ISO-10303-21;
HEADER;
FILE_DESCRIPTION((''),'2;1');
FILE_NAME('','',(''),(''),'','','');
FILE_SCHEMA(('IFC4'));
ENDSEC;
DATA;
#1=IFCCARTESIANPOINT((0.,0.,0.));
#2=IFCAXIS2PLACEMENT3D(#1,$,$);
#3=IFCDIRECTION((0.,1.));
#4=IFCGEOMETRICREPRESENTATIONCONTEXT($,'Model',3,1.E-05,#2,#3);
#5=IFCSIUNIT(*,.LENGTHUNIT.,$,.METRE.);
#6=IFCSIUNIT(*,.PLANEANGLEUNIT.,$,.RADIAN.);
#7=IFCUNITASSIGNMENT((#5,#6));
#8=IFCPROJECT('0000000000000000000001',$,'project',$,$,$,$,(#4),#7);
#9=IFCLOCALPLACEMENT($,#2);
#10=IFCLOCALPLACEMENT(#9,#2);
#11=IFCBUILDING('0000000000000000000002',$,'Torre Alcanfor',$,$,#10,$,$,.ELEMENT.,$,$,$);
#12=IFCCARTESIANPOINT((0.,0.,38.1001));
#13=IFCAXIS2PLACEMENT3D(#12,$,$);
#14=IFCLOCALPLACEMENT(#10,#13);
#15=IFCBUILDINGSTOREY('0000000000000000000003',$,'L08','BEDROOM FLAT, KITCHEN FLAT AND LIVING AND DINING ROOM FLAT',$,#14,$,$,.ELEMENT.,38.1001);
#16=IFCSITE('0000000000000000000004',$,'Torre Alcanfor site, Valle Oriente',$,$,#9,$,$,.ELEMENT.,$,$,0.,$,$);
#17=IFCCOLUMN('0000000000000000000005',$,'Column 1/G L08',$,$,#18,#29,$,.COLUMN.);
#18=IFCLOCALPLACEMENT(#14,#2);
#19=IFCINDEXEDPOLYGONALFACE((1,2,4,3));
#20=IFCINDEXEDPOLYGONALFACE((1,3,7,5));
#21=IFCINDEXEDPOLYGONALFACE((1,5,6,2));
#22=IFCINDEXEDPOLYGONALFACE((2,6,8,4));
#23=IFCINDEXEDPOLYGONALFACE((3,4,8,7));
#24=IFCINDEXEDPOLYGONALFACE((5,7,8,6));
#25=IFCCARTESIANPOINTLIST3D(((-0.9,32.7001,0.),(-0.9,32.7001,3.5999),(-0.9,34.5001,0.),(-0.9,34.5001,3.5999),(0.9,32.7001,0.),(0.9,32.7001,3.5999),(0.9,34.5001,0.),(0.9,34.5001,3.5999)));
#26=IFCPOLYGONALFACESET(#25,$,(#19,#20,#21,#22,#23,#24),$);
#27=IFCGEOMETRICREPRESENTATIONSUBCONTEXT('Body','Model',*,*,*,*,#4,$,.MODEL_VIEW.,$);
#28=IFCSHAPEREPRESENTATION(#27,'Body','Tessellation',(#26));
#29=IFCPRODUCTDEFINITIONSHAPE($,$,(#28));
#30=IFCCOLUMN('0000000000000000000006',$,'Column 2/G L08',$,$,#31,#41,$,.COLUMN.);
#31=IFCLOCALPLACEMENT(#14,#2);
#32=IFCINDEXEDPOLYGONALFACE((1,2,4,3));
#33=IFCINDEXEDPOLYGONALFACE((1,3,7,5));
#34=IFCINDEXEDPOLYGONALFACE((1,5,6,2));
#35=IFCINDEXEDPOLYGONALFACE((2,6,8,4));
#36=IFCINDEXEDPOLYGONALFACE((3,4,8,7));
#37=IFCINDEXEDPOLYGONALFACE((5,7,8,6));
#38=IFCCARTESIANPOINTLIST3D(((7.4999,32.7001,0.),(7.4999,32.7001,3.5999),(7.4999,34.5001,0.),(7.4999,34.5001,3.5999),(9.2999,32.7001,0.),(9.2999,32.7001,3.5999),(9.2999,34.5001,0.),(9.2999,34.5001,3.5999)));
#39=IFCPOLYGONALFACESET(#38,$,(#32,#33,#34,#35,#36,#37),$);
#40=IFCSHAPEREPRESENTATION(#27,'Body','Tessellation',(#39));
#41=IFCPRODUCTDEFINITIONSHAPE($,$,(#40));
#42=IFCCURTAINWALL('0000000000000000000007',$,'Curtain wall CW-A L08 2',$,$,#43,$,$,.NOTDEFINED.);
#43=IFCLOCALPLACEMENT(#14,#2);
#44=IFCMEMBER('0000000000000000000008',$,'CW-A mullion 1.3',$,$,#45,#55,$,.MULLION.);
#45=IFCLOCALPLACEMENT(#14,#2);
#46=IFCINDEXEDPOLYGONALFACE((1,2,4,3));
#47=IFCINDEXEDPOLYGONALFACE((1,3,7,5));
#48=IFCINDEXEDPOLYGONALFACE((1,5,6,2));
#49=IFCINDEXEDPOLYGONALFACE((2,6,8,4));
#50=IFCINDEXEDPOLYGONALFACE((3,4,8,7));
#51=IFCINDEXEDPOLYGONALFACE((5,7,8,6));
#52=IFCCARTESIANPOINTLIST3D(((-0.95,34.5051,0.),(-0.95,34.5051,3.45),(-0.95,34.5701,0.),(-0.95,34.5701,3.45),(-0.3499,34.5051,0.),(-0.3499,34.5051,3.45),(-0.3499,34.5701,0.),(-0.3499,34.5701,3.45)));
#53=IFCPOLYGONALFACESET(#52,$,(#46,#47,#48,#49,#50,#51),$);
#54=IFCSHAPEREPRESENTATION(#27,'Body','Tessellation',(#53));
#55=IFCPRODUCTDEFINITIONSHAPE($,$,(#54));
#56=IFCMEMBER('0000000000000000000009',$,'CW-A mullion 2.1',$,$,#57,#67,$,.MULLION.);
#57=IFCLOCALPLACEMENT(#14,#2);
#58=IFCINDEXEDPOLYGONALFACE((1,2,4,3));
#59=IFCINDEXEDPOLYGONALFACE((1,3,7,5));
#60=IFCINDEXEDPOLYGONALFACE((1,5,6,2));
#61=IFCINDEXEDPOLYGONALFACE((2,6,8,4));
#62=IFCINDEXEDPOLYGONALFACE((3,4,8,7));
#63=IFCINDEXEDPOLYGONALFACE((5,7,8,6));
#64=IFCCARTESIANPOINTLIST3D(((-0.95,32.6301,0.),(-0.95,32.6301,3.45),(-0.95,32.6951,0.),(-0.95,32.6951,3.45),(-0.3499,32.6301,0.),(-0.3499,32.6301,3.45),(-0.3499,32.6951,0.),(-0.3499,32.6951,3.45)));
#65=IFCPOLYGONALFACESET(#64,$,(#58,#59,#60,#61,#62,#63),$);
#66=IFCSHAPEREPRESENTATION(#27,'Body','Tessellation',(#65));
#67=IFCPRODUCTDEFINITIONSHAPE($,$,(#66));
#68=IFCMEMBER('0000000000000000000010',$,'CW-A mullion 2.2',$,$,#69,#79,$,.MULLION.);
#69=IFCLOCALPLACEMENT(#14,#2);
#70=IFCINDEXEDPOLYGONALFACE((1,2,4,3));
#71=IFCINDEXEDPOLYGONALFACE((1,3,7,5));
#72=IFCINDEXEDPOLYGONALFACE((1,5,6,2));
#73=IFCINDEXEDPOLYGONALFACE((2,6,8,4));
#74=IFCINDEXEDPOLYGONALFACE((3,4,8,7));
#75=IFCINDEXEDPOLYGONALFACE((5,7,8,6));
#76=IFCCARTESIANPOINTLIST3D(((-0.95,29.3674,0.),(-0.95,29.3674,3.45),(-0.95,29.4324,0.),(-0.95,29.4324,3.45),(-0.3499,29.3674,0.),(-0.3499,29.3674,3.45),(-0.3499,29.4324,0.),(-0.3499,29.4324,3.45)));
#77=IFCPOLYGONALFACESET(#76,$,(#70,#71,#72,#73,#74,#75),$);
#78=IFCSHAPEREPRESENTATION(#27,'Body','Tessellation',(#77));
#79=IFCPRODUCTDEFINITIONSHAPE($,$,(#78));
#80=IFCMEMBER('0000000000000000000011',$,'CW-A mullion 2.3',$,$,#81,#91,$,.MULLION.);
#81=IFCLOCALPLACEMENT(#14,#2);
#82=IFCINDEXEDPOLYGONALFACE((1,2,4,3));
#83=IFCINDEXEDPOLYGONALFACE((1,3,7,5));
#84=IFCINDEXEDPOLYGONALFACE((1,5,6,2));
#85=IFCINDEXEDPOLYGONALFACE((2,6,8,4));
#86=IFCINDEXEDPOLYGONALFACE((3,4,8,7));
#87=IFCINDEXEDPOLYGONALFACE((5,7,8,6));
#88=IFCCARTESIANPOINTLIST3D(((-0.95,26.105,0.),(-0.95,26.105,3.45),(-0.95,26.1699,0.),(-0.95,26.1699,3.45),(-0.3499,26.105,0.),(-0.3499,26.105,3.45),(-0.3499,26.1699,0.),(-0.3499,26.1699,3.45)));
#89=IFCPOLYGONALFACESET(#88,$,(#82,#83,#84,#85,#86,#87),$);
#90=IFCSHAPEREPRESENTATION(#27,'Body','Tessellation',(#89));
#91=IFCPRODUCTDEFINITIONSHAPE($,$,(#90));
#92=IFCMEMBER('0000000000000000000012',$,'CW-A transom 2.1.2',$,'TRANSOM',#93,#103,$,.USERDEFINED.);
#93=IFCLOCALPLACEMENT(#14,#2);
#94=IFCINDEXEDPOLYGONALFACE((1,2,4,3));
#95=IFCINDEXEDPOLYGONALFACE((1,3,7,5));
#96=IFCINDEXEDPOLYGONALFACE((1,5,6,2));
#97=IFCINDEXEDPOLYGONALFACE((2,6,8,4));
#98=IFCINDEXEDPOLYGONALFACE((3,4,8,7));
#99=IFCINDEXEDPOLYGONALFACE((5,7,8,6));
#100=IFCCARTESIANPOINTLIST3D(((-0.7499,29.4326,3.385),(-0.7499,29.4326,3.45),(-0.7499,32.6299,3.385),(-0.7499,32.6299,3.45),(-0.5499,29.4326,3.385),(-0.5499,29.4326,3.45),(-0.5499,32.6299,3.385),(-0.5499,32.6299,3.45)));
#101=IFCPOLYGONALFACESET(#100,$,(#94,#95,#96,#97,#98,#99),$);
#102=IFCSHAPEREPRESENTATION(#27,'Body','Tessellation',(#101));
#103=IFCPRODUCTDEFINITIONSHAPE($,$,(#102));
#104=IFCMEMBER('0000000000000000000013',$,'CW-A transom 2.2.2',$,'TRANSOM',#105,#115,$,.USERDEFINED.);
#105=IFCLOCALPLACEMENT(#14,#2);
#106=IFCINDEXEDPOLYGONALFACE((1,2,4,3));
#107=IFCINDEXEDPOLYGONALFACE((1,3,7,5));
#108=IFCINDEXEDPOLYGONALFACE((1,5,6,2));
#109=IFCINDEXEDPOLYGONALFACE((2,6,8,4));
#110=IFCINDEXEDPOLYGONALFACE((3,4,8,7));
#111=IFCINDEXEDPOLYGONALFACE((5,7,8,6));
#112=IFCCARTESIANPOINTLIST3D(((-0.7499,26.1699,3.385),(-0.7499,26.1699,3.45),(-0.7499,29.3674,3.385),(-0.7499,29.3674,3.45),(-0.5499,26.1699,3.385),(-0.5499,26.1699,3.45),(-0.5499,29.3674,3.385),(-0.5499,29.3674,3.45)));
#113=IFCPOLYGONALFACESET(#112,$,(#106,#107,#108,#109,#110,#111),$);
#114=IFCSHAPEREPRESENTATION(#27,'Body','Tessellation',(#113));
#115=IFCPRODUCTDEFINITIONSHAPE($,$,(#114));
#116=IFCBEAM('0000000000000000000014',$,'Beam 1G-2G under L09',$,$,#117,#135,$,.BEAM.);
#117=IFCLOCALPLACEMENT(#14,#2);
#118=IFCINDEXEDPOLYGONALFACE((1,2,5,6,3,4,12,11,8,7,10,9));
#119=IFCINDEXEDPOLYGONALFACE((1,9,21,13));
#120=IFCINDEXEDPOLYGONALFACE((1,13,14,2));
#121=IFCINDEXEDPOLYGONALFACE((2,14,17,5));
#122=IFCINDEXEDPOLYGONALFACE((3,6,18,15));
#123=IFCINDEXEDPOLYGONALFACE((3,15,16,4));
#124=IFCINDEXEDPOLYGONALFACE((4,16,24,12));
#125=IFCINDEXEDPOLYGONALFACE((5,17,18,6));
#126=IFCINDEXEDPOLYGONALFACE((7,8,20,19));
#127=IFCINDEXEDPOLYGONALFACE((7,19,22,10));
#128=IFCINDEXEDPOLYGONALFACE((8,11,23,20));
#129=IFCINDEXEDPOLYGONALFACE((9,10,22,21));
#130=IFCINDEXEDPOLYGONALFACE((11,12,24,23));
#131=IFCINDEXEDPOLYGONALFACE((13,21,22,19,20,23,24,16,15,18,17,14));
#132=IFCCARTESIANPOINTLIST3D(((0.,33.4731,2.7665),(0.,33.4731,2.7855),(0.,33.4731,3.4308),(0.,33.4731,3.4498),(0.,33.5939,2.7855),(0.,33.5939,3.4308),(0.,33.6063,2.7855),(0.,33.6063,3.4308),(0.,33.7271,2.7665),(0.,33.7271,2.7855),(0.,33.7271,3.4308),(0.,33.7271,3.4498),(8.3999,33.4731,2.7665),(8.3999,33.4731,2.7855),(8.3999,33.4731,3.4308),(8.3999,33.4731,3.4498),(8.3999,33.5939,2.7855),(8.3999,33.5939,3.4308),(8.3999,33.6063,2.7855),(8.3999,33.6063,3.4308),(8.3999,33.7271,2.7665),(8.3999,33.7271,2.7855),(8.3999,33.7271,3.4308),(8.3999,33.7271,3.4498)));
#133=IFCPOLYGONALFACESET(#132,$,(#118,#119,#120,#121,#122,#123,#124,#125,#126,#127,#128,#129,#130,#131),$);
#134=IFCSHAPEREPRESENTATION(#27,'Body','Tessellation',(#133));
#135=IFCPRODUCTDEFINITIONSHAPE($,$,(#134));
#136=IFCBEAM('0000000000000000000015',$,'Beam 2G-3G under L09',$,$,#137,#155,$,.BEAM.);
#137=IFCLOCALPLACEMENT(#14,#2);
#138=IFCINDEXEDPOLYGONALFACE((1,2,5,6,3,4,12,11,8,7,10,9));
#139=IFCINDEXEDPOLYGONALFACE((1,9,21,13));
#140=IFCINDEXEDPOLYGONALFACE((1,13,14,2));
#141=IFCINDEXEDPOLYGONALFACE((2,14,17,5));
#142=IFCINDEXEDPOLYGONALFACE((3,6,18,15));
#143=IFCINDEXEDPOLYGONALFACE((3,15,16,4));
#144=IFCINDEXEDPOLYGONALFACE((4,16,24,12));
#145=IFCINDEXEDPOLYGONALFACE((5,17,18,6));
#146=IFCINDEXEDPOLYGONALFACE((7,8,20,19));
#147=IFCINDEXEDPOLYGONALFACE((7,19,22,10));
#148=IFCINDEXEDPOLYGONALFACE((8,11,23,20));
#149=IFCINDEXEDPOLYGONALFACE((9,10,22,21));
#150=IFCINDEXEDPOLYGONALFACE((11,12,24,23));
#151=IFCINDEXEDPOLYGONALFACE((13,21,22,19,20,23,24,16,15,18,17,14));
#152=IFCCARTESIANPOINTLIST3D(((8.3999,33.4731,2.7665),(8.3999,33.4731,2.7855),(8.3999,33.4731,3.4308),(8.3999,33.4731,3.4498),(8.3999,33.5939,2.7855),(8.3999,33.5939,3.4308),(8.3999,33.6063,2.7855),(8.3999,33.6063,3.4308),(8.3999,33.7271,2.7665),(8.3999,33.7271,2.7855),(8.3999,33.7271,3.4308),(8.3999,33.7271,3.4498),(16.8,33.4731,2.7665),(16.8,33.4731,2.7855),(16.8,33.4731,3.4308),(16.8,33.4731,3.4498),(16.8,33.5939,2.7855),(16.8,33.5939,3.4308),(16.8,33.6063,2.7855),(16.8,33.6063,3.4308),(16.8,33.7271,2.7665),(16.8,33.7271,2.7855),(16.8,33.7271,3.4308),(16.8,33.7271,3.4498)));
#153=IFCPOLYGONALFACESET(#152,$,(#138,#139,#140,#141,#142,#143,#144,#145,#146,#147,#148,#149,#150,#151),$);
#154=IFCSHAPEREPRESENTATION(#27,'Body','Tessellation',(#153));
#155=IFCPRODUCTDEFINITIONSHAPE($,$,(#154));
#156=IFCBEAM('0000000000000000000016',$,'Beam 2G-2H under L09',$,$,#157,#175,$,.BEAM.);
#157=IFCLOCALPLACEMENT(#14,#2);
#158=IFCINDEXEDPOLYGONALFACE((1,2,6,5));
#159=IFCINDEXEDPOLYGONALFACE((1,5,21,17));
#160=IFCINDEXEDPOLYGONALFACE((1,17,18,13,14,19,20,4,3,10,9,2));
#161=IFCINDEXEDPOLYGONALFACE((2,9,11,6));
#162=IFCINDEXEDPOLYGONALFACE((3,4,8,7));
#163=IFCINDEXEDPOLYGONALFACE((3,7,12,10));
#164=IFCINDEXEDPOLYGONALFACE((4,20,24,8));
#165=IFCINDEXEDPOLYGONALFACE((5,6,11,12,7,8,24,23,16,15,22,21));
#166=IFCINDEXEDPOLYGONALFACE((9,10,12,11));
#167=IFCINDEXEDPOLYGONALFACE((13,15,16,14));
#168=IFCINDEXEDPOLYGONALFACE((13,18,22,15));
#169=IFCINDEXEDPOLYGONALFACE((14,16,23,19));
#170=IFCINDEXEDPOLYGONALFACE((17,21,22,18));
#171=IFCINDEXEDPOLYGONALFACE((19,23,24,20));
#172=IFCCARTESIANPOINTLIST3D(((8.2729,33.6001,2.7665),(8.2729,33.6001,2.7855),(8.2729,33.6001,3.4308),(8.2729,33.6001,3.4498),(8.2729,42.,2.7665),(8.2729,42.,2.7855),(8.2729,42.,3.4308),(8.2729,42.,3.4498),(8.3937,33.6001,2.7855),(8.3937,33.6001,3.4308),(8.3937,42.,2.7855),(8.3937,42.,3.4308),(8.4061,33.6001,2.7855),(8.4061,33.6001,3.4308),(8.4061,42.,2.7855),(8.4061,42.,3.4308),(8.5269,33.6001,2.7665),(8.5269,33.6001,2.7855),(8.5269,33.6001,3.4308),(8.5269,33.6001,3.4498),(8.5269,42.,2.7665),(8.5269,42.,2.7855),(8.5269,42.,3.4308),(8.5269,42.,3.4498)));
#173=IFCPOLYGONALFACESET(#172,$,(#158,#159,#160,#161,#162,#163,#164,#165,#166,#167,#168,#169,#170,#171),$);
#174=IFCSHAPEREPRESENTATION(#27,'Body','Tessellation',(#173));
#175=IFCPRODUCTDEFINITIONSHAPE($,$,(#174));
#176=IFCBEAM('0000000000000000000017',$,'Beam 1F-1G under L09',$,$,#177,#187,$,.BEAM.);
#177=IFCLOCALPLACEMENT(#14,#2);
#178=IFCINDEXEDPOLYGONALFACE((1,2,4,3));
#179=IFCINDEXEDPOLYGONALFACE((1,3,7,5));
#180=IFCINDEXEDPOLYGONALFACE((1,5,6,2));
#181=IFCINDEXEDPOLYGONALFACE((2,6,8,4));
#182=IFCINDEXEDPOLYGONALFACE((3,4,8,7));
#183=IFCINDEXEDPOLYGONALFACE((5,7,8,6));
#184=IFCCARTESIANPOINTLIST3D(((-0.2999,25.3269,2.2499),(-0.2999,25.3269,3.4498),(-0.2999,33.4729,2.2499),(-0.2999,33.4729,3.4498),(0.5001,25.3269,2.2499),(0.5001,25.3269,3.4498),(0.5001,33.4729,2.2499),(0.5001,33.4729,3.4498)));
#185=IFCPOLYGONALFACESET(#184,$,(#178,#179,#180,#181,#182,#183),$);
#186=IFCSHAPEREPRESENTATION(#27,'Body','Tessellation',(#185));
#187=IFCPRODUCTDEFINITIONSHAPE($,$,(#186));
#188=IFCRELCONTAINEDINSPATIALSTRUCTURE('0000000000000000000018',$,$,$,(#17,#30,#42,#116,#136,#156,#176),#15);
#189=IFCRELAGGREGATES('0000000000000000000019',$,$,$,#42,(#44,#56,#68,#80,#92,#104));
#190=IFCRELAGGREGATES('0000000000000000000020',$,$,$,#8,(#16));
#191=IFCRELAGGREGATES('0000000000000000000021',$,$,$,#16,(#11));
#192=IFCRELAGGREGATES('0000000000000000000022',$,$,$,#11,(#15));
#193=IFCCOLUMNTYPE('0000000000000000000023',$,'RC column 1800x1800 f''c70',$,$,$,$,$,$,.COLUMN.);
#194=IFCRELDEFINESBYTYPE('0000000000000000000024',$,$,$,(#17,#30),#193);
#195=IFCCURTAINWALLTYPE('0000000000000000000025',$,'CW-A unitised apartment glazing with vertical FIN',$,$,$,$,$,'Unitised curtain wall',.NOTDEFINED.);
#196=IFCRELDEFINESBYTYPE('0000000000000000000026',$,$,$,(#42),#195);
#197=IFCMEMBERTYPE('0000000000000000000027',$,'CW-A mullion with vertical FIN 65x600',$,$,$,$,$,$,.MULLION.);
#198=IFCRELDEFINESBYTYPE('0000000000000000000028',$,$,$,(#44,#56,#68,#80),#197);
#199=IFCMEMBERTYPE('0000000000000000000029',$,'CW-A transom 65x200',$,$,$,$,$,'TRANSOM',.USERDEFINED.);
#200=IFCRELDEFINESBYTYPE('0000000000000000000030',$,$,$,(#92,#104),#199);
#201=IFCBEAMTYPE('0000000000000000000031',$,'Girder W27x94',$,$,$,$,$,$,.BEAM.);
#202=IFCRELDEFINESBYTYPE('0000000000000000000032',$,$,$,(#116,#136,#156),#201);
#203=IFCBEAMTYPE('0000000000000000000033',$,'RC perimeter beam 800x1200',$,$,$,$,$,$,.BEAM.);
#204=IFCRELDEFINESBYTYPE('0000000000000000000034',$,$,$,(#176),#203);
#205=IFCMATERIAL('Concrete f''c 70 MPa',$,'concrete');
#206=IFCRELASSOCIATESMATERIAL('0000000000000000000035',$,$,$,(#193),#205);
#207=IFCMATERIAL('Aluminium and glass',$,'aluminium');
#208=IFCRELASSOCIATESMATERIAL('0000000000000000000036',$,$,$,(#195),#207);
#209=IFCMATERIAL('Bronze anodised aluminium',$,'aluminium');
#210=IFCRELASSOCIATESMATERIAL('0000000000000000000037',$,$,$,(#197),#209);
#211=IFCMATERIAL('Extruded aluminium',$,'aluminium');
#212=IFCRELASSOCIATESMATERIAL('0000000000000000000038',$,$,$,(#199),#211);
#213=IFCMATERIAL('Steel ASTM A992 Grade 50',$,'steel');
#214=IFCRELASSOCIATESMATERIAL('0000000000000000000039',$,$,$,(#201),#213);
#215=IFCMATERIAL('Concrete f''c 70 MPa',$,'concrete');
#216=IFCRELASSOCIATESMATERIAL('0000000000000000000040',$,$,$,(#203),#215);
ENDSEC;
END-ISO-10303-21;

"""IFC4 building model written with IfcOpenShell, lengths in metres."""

from ifc_helpers import new_model, si_unit, direction, frame, origin, origin_2d, place, context, subcontext, project, spatial, rectangle, i_section, extrude, material, material_profile, profile_set, type_object, element, aggregate, save


model = new_model("IFC4")

# Units and contexts
model_context = context("Model", 3, precision=1e-05, world=origin(), true_north=direction((0.0, 1.0)))
body_context = subcontext(model_context, "Body", "Model", "MODEL_VIEW")
ifc_project = project(units=[si_unit("LENGTHUNIT", "METRE"), si_unit("PLANEANGLEUNIT", "RADIAN")], contexts=[model_context])

# Site, building, storey
site_placement = place(None, origin())
site = spatial("IfcSite", under=ifc_project, at=site_placement, Name="Torre Alcanfor site, Valle Oriente", CompositionType="ELEMENT", RefElevation=0.0)
building_placement = place(site_placement, origin())
building = spatial("IfcBuilding", under=site, at=building_placement, Name="Torre Alcanfor", CompositionType="ELEMENT")
storey_placement = place(building_placement, frame((0.0, 0.0, 38.1001)))
storey = spatial("IfcBuildingStorey", under=building, at=storey_placement, Name="L08", Description="BEDROOM FLAT, KITCHEN FLAT AND LIVING AND DINING ROOM FLAT", CompositionType="ELEMENT", Elevation=38.1001)

# Columns
ifc_material_1 = material(Name="Concrete f'c 70 MPa", Category="concrete")
ifc_material_profile_1 = material_profile(ifc_material_1, rectangle(XDim=1.8, YDim=1.8, at=origin_2d()), Name="1800x1800")
ifc_profile_set_1 = profile_set([ifc_material_profile_1], Name="Concrete f'c 70 MPa")
column_type = type_object("IfcColumnType", Name="RC column 1800x1800 f'c70", PredefinedType="COLUMN", material=ifc_profile_set_1)
for number, where, z_axis, x_axis, name in (
    (1, (0.0, 33.6001, 0.0), (0.0, 0.0, 1.0), (1.0, 0.0, 0.0), "Column 1/G L08"),
    (2, (8.3999, 33.6001, 0.0), (0.0, 0.0, 1.0), (1.0, 0.0, 0.0), "Column 2/G L08"),
):
    element("IfcColumn", number, at=place(storey_placement, frame(where, z_axis=z_axis, x_axis=x_axis)), inside=storey, type_object=column_type, Name=name, PredefinedType="COLUMN", context=body_context, shape_type="SweptSolid", body=[
        extrude(rectangle(XDim=1.8, YDim=1.8, at=origin_2d()), origin(), (0.0, 0.0, 1.0), 3.5999),
    ])

# Curtain wall, members
ifc_material_2 = material(Name="Aluminium and glass", Category="aluminium")
curtain_wall_type = type_object("IfcCurtainWallType", Name="CW-A unitised apartment glazing with vertical FIN", ElementType="Unitised curtain wall", PredefinedType="NOTDEFINED", material=ifc_material_2)
curtain_wall_placement = place(storey_placement, origin())
curtain_wall = element("IfcCurtainWall", 3, at=curtain_wall_placement, inside=storey, type_object=curtain_wall_type, Name="Curtain wall CW-A L08 2", PredefinedType="NOTDEFINED")
ifc_material_3 = material(Name="Bronze anodised aluminium", Category="aluminium")
ifc_material_profile_2 = material_profile(ifc_material_3, rectangle(XDim=0.6001, YDim=0.0649, at=origin_2d()), Name="CW-A mullion 65x600")
ifc_profile_set_2 = profile_set([ifc_material_profile_2], Name="Bronze anodised aluminium")
member_type_1 = type_object("IfcMemberType", Name="CW-A mullion with vertical FIN 65x600", PredefinedType="MULLION", material=ifc_profile_set_2)
member_1_placement = place(storey_placement, frame((-0.6499, 34.5376, 0.0), z_axis=(0.0, 0.0, 1.0), x_axis=(1.0, 0.0, 0.0)))
member_1 = element("IfcMember", 4, at=member_1_placement, type_object=member_type_1, Name="CW-A mullion 1.3", PredefinedType="MULLION", context=body_context, shape_type="SweptSolid", body=[
    extrude(rectangle(XDim=0.6001, YDim=0.0649, at=origin_2d()), origin(), (0.0, 0.0, 1.0), 3.45),
])
member_2_placement = place(storey_placement, frame((-0.6499, 32.6626, 0.0), z_axis=(0.0, 0.0, 1.0), x_axis=(1.0, 0.0, 0.0)))
member_2 = element("IfcMember", 5, at=member_2_placement, type_object=member_type_1, Name="CW-A mullion 2.1", PredefinedType="MULLION", context=body_context, shape_type="SweptSolid", body=[
    extrude(rectangle(XDim=0.6001, YDim=0.0649, at=origin_2d()), origin(), (0.0, 0.0, 1.0), 3.45),
])
member_3_placement = place(storey_placement, frame((-0.6499, 29.3999, 0.0), z_axis=(0.0, 0.0, 1.0), x_axis=(1.0, 0.0, 0.0)))
member_3 = element("IfcMember", 6, at=member_3_placement, type_object=member_type_1, Name="CW-A mullion 2.2", PredefinedType="MULLION", context=body_context, shape_type="SweptSolid", body=[
    extrude(rectangle(XDim=0.6001, YDim=0.0649, at=origin_2d()), origin(), (0.0, 0.0, 1.0), 3.45),
])
member_4_placement = place(storey_placement, frame((-0.6499, 26.1375, 0.0), z_axis=(0.0, 0.0, 1.0), x_axis=(1.0, 0.0, 0.0)))
member_4 = element("IfcMember", 7, at=member_4_placement, type_object=member_type_1, Name="CW-A mullion 2.3", PredefinedType="MULLION", context=body_context, shape_type="SweptSolid", body=[
    extrude(rectangle(XDim=0.6001, YDim=0.0649, at=origin_2d()), origin(), (0.0, 0.0, 1.0), 3.45),
])
ifc_material_4 = material(Name="Extruded aluminium", Category="aluminium")
ifc_material_profile_3 = material_profile(ifc_material_4, rectangle(XDim=0.2, YDim=0.0649, at=origin_2d()), Name="CW-A transom 200x65")
ifc_profile_set_3 = profile_set([ifc_material_profile_3], Name="Extruded aluminium")
member_type_2 = type_object("IfcMemberType", Name="CW-A transom 65x200", ElementType="TRANSOM", PredefinedType="USERDEFINED", material=ifc_profile_set_3)
member_5_placement = place(storey_placement, frame((-0.6499, 32.6299, 3.4175), z_axis=(0.0, -1.0, 0.0), x_axis=(1.0, 0.0, 0.0)))
member_5 = element("IfcMember", 8, at=member_5_placement, type_object=member_type_2, Name="CW-A transom 2.1.2", ObjectType="TRANSOM", PredefinedType="USERDEFINED", context=body_context, shape_type="SweptSolid", body=[
    extrude(rectangle(XDim=0.2, YDim=0.0649, at=origin_2d()), origin(), (0.0, 0.0, 1.0), 3.1973),
])
member_6_placement = place(storey_placement, frame((-0.6499, 29.3674, 3.4175), z_axis=(0.0, -1.0, 0.0), x_axis=(1.0, 0.0, 0.0)))
member_6 = element("IfcMember", 9, at=member_6_placement, type_object=member_type_2, Name="CW-A transom 2.2.2", ObjectType="TRANSOM", PredefinedType="USERDEFINED", context=body_context, shape_type="SweptSolid", body=[
    extrude(rectangle(XDim=0.2, YDim=0.0649, at=origin_2d()), origin(), (0.0, 0.0, 1.0), 3.1975),
])

# Beams
ifc_material_5 = material(Name="Steel ASTM A992 Grade 50", Category="steel")
ifc_material_profile_4 = material_profile(ifc_material_5, i_section(OverallWidth=0.2539, OverallDepth=0.6833, WebThickness=0.0125, FlangeThickness=0.019, at=origin_2d()), Name="W27x94")
ifc_profile_set_4 = profile_set([ifc_material_profile_4], Name="Steel ASTM A992 Grade 50")
beam_type_1 = type_object("IfcBeamType", Name="Girder W27x94", PredefinedType="BEAM", material=ifc_profile_set_4)
beam_1_placement = place(storey_placement, frame((0.0, 33.6001, 3.1082), z_axis=(1.0, 0.0, 0.0), x_axis=(0.0, 1.0, 0.0)))
element("IfcBeam", 10, at=beam_1_placement, inside=storey, type_object=beam_type_1, Name="Beam 1G-2G under L09", PredefinedType="BEAM", context=body_context, shape_type="SweptSolid", body=[
    extrude(i_section(OverallWidth=0.2539, OverallDepth=0.6833, WebThickness=0.0125, FlangeThickness=0.019, at=origin_2d()), origin(), (0.0, 0.0, 1.0), 8.3999),
])
beam_2_placement = place(storey_placement, frame((8.3999, 33.6001, 3.1082), z_axis=(1.0, 0.0, 0.0), x_axis=(0.0, 1.0, 0.0)))
element("IfcBeam", 11, at=beam_2_placement, inside=storey, type_object=beam_type_1, Name="Beam 2G-3G under L09", PredefinedType="BEAM", context=body_context, shape_type="SweptSolid", body=[
    extrude(i_section(OverallWidth=0.2539, OverallDepth=0.6833, WebThickness=0.0125, FlangeThickness=0.019, at=origin_2d()), origin(), (0.0, 0.0, 1.0), 8.4001),
])
beam_3_placement = place(storey_placement, frame((8.3999, 33.6001, 3.1082), z_axis=(0.0, 1.0, 0.0), x_axis=(-1.0, 0.0, 0.0)))
element("IfcBeam", 12, at=beam_3_placement, inside=storey, type_object=beam_type_1, Name="Beam 2G-2H under L09", PredefinedType="BEAM", context=body_context, shape_type="SweptSolid", body=[
    extrude(i_section(OverallWidth=0.2539, OverallDepth=0.6833, WebThickness=0.0125, FlangeThickness=0.019, at=origin_2d()), origin(), (0.0, 0.0, 1.0), 8.3999),
])
ifc_material_6 = material(Name="Concrete f'c 70 MPa", Category="concrete")
ifc_material_profile_5 = material_profile(ifc_material_6, rectangle(XDim=0.8, YDim=1.2, at=origin_2d()), Name="800x1200")
ifc_profile_set_5 = profile_set([ifc_material_profile_5], Name="Concrete f'c 70 MPa")
beam_type_2 = type_object("IfcBeamType", Name="RC perimeter beam 800x1200", PredefinedType="BEAM", material=ifc_profile_set_5)
beam_4_placement = place(storey_placement, frame((0.1001, 25.3269, 2.8499), z_axis=(0.0, 1.0, 0.0), x_axis=(-1.0, 0.0, 0.0)))
element("IfcBeam", 13, at=beam_4_placement, inside=storey, type_object=beam_type_2, Name="Beam 1F-1G under L09", PredefinedType="BEAM", context=body_context, shape_type="SweptSolid", body=[
    extrude(rectangle(XDim=0.8, YDim=1.2, at=origin_2d()), origin(), (0.0, 0.0, 1.0), 8.146),
])

aggregate(curtain_wall, [member_1, member_2, member_3, member_4, member_5, member_6])

save(model, "model.ifc")
